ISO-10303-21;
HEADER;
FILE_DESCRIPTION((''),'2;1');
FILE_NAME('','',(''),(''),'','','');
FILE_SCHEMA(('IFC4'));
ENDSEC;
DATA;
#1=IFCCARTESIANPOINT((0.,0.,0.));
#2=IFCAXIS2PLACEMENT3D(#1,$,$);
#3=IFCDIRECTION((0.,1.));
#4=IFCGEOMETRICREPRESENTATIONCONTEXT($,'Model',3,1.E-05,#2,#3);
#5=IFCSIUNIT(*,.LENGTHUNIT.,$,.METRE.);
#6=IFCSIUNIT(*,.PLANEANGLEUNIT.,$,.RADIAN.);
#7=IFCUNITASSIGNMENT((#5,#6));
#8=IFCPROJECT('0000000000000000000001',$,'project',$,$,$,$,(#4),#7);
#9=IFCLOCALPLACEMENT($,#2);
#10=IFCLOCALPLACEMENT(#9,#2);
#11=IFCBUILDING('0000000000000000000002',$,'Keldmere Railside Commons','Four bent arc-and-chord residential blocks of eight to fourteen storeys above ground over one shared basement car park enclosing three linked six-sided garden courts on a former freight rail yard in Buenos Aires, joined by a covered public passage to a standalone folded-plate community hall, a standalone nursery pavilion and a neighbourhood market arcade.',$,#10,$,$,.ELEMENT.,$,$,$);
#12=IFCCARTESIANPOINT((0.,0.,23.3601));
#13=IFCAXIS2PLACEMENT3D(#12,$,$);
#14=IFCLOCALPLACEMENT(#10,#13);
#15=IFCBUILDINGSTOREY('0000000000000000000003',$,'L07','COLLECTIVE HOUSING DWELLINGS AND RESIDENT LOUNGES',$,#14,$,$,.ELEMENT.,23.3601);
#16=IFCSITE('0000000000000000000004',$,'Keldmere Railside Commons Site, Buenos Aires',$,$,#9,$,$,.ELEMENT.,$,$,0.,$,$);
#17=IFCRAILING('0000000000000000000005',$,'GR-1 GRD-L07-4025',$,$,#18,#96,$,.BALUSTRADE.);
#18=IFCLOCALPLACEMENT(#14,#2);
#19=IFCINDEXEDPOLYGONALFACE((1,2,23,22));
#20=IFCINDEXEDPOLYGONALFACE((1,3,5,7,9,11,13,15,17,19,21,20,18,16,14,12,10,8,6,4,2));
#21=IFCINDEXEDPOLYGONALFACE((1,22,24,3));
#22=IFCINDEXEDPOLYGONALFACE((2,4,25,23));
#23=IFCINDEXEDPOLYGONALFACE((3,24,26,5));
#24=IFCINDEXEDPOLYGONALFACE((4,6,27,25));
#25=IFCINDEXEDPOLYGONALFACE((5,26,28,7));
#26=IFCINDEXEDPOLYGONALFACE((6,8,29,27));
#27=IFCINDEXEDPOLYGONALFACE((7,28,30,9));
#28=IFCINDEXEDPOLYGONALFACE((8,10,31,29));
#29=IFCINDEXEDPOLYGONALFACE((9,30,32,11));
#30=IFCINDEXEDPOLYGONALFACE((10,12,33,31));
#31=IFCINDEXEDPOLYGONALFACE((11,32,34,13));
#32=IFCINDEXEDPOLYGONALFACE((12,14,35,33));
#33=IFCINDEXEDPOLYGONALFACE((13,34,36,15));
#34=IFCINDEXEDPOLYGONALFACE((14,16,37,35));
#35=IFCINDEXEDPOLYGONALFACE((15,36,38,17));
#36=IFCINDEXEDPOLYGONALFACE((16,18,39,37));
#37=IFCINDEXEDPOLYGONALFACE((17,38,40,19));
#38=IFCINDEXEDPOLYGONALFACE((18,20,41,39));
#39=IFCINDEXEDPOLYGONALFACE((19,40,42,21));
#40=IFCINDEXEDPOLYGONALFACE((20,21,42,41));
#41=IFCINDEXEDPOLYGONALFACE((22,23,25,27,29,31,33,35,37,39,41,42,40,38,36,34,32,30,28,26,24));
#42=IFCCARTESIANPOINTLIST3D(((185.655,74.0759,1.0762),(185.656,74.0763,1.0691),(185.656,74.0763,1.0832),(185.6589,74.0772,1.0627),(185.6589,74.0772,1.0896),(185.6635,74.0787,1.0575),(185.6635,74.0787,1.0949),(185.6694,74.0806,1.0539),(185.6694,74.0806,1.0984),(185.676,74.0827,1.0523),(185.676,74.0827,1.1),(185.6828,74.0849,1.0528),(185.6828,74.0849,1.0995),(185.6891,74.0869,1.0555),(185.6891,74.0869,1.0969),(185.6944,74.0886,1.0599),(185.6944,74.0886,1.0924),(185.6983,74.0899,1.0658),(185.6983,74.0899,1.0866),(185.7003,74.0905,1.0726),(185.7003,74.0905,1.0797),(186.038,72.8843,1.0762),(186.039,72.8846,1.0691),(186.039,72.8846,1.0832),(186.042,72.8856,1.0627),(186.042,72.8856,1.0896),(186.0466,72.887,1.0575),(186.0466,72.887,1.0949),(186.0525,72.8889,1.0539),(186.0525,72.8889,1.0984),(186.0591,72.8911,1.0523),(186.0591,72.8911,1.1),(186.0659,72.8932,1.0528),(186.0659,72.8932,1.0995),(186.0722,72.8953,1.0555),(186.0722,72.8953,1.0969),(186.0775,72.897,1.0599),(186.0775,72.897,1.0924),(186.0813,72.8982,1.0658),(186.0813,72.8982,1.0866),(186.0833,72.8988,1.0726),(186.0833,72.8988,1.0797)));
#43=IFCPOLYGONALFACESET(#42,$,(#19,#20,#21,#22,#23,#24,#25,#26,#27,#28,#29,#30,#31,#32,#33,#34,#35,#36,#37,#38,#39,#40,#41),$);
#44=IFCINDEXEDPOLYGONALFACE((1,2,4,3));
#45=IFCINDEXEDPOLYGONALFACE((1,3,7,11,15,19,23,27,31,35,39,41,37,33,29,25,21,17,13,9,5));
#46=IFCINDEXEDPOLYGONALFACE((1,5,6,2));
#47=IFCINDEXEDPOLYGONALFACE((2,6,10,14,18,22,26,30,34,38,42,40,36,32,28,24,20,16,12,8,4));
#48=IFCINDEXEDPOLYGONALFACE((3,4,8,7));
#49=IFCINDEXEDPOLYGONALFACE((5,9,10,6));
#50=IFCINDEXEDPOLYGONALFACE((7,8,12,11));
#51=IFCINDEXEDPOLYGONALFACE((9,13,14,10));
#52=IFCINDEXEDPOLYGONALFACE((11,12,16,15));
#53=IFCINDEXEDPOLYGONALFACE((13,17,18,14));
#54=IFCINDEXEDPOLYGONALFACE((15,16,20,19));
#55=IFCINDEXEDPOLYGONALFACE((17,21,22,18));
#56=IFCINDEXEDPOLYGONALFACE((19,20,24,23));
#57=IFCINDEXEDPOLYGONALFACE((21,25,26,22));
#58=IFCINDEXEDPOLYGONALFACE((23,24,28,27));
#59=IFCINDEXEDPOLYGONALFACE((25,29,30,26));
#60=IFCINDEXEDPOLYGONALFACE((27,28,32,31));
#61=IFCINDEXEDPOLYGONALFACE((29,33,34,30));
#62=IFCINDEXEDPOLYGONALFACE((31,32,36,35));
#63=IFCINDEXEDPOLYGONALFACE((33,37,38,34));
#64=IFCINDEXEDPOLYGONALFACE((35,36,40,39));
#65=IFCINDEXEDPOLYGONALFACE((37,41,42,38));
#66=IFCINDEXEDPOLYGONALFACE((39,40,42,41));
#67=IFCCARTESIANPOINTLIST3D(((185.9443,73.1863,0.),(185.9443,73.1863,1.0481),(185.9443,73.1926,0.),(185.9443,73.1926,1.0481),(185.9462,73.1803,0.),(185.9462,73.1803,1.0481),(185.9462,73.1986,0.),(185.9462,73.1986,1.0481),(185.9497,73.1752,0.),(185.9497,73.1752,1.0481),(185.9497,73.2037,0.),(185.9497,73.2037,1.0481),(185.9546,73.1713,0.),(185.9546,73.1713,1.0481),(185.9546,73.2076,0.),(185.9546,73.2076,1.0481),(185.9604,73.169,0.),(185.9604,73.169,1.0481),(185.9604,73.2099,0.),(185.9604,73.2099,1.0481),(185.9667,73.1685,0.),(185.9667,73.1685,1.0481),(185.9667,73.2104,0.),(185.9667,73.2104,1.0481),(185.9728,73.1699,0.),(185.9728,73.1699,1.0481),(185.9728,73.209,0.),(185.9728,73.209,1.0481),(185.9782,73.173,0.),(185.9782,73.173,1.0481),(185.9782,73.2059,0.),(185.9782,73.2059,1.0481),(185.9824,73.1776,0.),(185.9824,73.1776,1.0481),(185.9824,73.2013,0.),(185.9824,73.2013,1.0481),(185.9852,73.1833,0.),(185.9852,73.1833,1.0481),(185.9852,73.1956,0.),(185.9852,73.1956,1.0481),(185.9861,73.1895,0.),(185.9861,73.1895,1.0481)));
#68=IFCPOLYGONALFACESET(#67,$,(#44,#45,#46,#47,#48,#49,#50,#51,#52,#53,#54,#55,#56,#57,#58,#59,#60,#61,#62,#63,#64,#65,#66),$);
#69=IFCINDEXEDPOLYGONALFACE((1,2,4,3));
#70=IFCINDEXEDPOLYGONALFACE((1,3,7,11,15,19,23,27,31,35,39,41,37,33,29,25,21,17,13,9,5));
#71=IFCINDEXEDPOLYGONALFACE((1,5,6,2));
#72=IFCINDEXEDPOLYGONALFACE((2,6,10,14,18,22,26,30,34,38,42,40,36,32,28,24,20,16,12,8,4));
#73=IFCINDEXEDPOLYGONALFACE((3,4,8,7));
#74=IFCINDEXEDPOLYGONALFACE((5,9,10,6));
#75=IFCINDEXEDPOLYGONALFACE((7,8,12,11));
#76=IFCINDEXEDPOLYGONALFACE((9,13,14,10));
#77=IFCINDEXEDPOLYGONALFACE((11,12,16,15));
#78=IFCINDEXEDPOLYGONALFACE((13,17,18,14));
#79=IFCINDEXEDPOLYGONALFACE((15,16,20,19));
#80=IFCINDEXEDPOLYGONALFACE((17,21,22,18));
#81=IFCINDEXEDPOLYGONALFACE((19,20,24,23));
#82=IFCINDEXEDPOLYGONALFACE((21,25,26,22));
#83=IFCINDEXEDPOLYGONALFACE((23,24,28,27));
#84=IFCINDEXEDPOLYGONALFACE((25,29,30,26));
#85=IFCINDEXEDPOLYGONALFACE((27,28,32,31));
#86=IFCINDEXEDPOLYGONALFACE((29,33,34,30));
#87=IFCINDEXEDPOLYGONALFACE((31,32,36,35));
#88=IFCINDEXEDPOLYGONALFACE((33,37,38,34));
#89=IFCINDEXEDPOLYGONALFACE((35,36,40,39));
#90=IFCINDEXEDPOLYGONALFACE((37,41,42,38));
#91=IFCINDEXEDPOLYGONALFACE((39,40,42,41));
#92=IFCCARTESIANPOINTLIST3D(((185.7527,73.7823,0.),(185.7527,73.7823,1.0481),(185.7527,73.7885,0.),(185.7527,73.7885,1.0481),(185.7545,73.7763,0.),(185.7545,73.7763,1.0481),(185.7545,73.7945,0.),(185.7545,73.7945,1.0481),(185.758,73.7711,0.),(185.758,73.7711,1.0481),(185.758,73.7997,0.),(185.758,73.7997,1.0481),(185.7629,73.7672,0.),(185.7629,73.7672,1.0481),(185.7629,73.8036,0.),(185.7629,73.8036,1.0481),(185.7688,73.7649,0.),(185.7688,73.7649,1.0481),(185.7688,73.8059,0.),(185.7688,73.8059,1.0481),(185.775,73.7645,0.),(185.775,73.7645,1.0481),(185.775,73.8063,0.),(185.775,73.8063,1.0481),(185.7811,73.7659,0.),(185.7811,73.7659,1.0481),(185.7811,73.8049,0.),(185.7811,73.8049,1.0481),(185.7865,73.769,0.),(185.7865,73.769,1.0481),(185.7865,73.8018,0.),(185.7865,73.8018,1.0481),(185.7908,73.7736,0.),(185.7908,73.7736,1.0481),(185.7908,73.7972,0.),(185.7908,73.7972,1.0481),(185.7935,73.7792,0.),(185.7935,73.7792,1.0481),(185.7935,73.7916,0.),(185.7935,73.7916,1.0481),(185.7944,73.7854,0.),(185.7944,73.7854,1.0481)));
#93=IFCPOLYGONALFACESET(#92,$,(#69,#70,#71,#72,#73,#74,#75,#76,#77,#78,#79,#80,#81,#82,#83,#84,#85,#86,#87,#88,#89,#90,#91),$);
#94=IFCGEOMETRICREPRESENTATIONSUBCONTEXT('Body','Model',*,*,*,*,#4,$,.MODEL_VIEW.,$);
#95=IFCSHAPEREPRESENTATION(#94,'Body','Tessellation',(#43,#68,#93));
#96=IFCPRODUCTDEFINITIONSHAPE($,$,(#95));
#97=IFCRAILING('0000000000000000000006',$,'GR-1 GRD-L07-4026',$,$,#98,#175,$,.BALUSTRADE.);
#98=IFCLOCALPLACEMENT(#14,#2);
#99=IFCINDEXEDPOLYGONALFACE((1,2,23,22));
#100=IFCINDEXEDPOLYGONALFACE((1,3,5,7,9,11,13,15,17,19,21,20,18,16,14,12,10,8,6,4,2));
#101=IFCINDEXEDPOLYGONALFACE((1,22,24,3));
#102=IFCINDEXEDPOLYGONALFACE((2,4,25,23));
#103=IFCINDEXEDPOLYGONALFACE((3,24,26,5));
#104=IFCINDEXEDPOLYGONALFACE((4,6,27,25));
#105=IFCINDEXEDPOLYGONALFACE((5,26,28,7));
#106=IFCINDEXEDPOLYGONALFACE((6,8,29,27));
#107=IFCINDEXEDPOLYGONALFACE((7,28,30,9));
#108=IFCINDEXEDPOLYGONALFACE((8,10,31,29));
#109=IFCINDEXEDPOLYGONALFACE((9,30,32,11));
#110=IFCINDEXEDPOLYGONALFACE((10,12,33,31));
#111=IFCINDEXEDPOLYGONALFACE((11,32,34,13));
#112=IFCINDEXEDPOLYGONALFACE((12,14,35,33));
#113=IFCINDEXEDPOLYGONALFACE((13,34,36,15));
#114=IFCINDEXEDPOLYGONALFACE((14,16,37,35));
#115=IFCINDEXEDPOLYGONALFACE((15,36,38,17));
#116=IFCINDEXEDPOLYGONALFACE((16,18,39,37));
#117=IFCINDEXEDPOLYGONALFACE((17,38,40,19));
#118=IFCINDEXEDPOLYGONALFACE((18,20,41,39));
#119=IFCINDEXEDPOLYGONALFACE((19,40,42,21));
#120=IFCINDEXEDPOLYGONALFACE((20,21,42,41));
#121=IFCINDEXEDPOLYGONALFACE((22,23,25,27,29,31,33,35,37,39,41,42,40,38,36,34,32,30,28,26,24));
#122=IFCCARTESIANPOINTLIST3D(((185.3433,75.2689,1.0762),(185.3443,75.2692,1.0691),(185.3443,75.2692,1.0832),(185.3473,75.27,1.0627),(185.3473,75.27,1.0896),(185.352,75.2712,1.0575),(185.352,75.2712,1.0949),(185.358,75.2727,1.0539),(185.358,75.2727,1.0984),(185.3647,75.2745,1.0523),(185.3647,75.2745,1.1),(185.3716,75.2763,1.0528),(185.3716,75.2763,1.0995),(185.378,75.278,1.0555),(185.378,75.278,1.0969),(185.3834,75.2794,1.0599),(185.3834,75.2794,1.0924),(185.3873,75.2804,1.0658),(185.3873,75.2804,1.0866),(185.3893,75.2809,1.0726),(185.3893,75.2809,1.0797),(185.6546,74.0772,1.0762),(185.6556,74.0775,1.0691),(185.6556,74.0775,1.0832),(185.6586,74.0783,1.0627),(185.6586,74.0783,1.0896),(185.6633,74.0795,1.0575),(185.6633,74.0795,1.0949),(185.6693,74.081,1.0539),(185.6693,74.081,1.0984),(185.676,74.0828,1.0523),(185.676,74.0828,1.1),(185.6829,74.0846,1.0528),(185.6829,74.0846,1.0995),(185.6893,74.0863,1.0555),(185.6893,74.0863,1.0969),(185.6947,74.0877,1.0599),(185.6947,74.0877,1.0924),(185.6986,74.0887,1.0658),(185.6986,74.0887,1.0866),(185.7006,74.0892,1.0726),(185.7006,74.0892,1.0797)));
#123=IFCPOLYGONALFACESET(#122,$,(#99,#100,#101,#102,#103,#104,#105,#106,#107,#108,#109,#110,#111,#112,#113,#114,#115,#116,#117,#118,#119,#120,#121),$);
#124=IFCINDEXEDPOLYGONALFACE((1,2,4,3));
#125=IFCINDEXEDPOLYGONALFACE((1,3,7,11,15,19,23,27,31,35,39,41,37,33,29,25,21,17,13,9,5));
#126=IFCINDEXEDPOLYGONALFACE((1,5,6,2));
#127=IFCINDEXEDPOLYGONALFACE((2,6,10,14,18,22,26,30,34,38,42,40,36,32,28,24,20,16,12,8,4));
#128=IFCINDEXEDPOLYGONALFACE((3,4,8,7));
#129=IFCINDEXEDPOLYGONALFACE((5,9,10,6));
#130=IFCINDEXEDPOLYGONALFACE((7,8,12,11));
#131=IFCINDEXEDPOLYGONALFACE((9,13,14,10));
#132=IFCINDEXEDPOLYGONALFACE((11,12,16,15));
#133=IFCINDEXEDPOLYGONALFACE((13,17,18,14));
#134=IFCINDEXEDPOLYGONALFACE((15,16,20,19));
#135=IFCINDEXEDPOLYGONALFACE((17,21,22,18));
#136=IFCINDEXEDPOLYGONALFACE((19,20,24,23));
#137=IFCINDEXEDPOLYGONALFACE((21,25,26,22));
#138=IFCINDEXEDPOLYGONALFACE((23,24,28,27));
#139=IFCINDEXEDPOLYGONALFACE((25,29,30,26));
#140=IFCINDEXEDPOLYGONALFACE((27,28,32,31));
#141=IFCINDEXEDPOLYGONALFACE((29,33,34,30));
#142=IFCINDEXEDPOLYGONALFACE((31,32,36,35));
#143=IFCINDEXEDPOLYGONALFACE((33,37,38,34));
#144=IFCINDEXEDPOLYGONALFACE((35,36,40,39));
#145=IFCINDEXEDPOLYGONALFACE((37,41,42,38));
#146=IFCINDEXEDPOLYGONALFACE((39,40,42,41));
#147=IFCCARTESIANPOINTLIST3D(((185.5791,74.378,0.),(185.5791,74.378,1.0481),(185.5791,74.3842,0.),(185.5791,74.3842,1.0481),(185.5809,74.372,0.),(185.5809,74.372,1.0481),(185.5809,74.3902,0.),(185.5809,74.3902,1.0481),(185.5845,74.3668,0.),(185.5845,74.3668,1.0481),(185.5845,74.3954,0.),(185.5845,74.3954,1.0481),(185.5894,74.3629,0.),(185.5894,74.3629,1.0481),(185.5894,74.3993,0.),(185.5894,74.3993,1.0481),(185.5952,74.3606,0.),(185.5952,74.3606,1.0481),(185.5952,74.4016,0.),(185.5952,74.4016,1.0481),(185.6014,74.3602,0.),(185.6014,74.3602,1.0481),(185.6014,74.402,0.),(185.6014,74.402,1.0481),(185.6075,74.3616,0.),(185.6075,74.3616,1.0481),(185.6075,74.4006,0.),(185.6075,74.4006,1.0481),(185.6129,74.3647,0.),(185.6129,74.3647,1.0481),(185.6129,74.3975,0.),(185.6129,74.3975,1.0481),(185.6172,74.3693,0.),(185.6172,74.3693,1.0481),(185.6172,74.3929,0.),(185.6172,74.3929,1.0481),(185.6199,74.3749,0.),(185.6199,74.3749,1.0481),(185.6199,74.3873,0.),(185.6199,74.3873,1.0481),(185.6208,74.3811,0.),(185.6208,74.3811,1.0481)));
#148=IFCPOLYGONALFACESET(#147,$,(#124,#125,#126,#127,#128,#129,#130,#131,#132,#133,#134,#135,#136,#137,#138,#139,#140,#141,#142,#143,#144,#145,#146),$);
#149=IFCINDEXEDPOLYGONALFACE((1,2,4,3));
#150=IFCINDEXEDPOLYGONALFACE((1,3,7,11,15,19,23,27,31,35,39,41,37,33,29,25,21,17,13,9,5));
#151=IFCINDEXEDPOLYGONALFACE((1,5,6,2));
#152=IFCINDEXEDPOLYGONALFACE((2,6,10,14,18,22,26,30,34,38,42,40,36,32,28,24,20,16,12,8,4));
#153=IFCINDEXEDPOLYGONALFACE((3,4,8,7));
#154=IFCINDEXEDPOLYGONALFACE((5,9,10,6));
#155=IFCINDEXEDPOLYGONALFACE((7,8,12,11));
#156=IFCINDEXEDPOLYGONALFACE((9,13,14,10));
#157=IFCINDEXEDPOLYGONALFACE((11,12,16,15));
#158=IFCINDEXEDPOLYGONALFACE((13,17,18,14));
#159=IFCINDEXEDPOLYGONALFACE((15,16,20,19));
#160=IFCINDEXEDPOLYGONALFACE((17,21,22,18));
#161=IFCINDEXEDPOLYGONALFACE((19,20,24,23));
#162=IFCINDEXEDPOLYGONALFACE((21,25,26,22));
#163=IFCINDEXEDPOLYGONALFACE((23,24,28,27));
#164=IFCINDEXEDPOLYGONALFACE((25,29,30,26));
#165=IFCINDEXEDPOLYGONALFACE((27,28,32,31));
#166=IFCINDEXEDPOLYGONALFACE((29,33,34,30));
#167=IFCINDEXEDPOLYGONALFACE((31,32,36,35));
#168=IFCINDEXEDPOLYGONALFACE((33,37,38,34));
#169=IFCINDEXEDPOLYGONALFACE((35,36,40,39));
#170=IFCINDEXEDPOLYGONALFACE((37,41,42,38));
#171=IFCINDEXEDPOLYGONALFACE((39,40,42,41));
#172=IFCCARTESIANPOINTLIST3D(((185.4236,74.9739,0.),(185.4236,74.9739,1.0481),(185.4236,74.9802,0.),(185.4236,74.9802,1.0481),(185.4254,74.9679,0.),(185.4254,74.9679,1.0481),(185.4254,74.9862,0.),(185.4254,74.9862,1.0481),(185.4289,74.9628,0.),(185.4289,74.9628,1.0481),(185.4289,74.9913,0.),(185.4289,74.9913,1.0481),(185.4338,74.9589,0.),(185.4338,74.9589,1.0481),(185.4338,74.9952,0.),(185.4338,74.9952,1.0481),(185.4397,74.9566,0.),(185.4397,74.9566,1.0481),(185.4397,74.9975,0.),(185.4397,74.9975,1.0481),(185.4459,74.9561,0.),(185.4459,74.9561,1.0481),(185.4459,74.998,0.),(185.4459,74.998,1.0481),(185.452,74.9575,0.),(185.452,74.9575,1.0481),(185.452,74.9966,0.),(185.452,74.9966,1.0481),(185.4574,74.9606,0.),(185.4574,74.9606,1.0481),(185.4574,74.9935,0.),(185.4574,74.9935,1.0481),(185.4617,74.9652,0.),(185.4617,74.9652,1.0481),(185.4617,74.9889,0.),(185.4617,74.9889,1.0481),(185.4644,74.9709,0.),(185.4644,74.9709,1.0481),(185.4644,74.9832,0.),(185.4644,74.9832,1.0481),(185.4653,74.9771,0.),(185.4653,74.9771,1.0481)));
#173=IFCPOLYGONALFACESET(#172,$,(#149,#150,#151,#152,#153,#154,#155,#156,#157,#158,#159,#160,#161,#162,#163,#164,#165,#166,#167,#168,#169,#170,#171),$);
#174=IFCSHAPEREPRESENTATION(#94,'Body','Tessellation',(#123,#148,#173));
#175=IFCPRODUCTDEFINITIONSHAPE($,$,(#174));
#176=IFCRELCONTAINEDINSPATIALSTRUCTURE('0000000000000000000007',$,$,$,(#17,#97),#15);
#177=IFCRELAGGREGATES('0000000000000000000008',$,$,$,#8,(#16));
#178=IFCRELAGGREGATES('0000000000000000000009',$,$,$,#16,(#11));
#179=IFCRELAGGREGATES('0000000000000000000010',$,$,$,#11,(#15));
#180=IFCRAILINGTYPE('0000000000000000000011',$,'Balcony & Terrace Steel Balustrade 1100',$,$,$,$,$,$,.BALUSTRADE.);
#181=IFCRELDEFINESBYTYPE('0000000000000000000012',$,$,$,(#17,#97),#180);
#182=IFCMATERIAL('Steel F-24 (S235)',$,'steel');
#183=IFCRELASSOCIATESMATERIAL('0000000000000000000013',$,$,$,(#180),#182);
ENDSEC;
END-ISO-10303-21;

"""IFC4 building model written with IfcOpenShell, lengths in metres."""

from ifc_helpers import new_model, si_unit, direction, frame, origin, origin_2d, place, context, subcontext, project, spatial, circle, extrude, material, type_object, element, save


model = new_model("IFC4")

# Units and contexts
model_context = context("Model", 3, precision=1e-05, world=origin(), true_north=direction((0.0, 1.0)))
body_context = subcontext(model_context, "Body", "Model", "MODEL_VIEW")
ifc_project = project(units=[si_unit("LENGTHUNIT", "METRE"), si_unit("PLANEANGLEUNIT", "RADIAN")], contexts=[model_context])

# Site, building, storey
site_placement = place(None, origin())
site = spatial("IfcSite", under=ifc_project, at=site_placement, Name="Keldmere Railside Commons Site, Buenos Aires", CompositionType="ELEMENT", RefElevation=0.0)
building_placement = place(site_placement, origin())
building = spatial("IfcBuilding", under=site, at=building_placement, Name="Keldmere Railside Commons", Description="Four bent arc-and-chord residential blocks of eight to fourteen storeys above ground over one shared basement car park enclosing three linked six-sided garden courts on a former freight rail yard in Buenos Aires, joined by a covered public passage to a standalone folded-plate community hall, a standalone nursery pavilion and a neighbourhood market arcade.", CompositionType="ELEMENT")
storey_placement = place(building_placement, frame((0.0, 0.0, 23.3601)))
storey = spatial("IfcBuildingStorey", under=building, at=storey_placement, Name="L07", Description="COLLECTIVE HOUSING DWELLINGS AND RESIDENT LOUNGES", CompositionType="ELEMENT", Elevation=23.3601)

# Shared definitions
ifc_material_1 = material(Name="Steel F-24 (S235)", Category="steel")

# Railings
railing_type_1 = type_object("IfcRailingType", Name="Balcony & Terrace Steel Balustrade 1100", PredefinedType="BALUSTRADE", material=ifc_material_1)
railing_1_placement = place(storey_placement, frame((186.0608, 72.8916, 0.0)))
element("IfcRailing", 1, at=railing_1_placement, inside=storey, type_object=railing_type_1, Name="GR-1 GRD-L07-4025", PredefinedType="BALUSTRADE", context=body_context, shape_type="SweptSolid", body=[
    extrude(circle(Radius=0.0239, at=origin_2d()), frame((0.0, 0.0, 1.0762), z_axis=(-0.306028, 0.952022, 0.0), x_axis=(-0.952022, -0.306028, 0.0)), (0.0, 0.0, 1.0), 1.2517),
    extrude(circle(Radius=0.021, at=origin_2d()), frame((-0.0957, 0.2979, 0.0)), (0.0, 0.0, 1.0), 1.0481),
    extrude(circle(Radius=0.021, at=origin_2d()), frame((-0.2874, 0.8938, 0.0)), (0.0, 0.0, 1.0), 1.0481),
])
railing_2_placement = place(storey_placement, frame((185.6777, 74.0833, 0.0)))
element("IfcRailing", 2, at=railing_2_placement, inside=storey, type_object=railing_type_1, Name="GR-1 GRD-L07-4026", PredefinedType="BALUSTRADE", context=body_context, shape_type="SweptSolid", body=[
    extrude(circle(Radius=0.0239, at=origin_2d()), frame((0.0, 0.0, 1.0762), z_axis=(-0.252737, 0.967535, 0.0), x_axis=(-0.967535, -0.252737, 0.0)), (0.0, 0.0, 1.0), 1.2317),
    extrude(circle(Radius=0.021, at=origin_2d()), frame((-0.0779, 0.2979, 0.0)), (0.0, 0.0, 1.0), 1.0481),
    extrude(circle(Radius=0.021, at=origin_2d()), frame((-0.2334, 0.8938, 0.0)), (0.0, 0.0, 1.0), 1.0481),
])

save(model, "model.ifc")
